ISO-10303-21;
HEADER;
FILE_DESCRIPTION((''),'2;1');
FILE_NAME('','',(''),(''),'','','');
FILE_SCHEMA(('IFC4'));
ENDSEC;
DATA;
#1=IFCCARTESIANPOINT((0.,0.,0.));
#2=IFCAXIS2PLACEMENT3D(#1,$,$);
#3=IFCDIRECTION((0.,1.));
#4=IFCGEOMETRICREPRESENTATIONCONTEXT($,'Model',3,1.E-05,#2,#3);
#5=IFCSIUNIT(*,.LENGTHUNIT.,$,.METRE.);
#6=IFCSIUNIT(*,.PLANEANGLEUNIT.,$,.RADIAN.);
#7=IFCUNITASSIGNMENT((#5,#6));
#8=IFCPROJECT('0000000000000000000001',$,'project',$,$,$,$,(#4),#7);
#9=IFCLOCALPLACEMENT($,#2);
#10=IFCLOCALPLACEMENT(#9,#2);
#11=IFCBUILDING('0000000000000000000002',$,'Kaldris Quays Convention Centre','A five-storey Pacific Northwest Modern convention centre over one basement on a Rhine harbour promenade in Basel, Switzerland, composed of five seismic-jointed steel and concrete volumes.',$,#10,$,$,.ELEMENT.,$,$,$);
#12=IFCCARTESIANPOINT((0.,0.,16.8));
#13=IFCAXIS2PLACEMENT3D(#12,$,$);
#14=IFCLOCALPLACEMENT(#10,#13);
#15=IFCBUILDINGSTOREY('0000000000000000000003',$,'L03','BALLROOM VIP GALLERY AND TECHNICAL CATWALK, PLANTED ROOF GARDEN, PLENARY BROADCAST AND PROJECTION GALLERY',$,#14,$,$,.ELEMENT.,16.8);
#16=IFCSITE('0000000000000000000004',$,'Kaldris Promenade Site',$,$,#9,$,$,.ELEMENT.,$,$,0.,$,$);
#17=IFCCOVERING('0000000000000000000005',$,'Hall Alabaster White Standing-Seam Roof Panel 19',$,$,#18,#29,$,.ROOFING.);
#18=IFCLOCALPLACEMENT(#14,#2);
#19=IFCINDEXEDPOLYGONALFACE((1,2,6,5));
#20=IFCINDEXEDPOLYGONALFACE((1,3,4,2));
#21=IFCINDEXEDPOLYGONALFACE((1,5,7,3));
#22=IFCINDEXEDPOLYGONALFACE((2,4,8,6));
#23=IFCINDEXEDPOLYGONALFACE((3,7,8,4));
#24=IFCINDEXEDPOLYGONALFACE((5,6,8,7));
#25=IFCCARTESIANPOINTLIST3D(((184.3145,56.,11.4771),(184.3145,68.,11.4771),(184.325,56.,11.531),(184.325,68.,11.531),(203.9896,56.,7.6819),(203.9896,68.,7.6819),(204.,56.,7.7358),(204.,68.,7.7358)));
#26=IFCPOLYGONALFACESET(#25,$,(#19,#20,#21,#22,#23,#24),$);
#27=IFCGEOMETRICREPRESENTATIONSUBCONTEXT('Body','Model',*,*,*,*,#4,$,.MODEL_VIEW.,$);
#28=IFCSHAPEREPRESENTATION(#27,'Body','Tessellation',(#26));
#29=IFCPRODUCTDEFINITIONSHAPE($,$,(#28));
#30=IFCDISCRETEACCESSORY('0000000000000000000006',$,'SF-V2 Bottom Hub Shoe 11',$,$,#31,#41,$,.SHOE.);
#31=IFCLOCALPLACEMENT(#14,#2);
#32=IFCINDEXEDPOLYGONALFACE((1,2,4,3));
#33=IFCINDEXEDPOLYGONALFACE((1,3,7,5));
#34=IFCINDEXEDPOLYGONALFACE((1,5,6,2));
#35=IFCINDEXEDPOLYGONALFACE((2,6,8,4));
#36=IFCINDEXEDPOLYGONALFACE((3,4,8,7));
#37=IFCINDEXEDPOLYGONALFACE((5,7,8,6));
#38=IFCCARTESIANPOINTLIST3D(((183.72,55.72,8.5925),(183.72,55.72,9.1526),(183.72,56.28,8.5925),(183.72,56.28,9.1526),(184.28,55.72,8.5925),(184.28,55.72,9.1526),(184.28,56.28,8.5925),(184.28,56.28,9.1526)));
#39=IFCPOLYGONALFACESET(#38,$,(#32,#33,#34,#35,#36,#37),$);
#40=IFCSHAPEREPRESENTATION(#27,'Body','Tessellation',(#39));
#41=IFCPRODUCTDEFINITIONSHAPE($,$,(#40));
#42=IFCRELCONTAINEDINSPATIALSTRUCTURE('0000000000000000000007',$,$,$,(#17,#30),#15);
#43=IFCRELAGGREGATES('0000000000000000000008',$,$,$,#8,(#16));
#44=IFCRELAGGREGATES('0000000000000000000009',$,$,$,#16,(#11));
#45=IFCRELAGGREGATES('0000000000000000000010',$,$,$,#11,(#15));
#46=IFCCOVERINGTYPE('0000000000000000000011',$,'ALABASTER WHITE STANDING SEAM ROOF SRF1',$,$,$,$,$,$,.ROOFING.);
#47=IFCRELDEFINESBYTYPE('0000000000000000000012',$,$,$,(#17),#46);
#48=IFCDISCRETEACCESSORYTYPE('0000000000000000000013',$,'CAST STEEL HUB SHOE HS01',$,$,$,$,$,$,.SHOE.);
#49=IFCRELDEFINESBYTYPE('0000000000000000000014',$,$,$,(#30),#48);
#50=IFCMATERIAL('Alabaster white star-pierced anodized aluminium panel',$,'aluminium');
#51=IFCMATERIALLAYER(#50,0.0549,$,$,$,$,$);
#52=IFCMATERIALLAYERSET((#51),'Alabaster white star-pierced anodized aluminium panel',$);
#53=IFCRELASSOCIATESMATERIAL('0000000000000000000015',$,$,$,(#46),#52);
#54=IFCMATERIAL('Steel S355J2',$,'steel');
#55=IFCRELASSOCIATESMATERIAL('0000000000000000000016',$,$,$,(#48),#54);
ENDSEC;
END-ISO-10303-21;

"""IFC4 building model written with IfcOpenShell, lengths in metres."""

from ifc_helpers import new_model, si_unit, direction, frame, origin, origin_2d, place, context, subcontext, project, spatial, polyline, rectangle, outline, extrude, material, layer, layer_set, type_object, element, save


model = new_model("IFC4")

# Units and contexts
model_context = context("Model", 3, precision=1e-05, world=origin(), true_north=direction((0.0, 1.0)))
body_context = subcontext(model_context, "Body", "Model", "MODEL_VIEW")
ifc_project = project(units=[si_unit("LENGTHUNIT", "METRE"), si_unit("PLANEANGLEUNIT", "RADIAN")], contexts=[model_context])

# Site, building, storey
site_placement = place(None, origin())
site = spatial("IfcSite", under=ifc_project, at=site_placement, Name="Kaldris Promenade Site", CompositionType="ELEMENT", RefElevation=0.0)
building_placement = place(site_placement, origin())
building = spatial("IfcBuilding", under=site, at=building_placement, Name="Kaldris Quays Convention Centre", Description="A five-storey Pacific Northwest Modern convention centre over one basement on a Rhine harbour promenade in Basel, Switzerland, composed of five seismic-jointed steel and concrete volumes.", CompositionType="ELEMENT")
storey_placement = place(building_placement, frame((0.0, 0.0, 16.8)))
storey = spatial("IfcBuildingStorey", under=building, at=storey_placement, Name="L03", Description="BALLROOM VIP GALLERY AND TECHNICAL CATWALK, PLANTED ROOF GARDEN, PLENARY BROADCAST AND PROJECTION GALLERY", CompositionType="ELEMENT", Elevation=16.8)

# Shared definitions
ifc_material_1 = material(Name="Steel S355J2", Category="steel")

# Covering
ifc_material_2 = material(Name="Alabaster white star-pierced anodized aluminium panel", Category="aluminium")
ifc_layer_1 = layer(ifc_material_2, 0.0549)
ifc_layer_set_1 = layer_set([ifc_layer_1], Name="Alabaster white star-pierced anodized aluminium panel")
covering_type = type_object("IfcCoveringType", Name="ALABASTER WHITE STANDING SEAM ROOF SRF1", PredefinedType="ROOFING", material=ifc_layer_set_1)
covering_placement = place(storey_placement, frame((184.325, 56.0, 11.531), z_axis=(0.189401, 0.0, 0.9819), x_axis=(0.9819, 0.0, -0.189401)))
element("IfcCovering", 1, at=covering_placement, inside=storey, type_object=covering_type, Name="Hall Alabaster White Standing-Seam Roof Panel 19", PredefinedType="ROOFING", context=body_context, shape_type="SweptSolid", body=[
    extrude(outline(polyline([(0.0, 0.0), (20.0377, 0.0), (20.0377, 12.0), (0.0, 12.0), (0.0, 0.0)])), origin(), (0.0, 0.0, -1.0), 0.0549),
])

# Discrete accessory
discrete_accessory_type = type_object("IfcDiscreteAccessoryType", Name="CAST STEEL HUB SHOE HS01", PredefinedType="SHOE", material=ifc_material_1)
discrete_accessory_placement = place(storey_placement, frame((184.0, 56.0, 8.5925), z_axis=(0.0, 0.0, 1.0), x_axis=(1.0, 0.0, 0.0)))
element("IfcDiscreteAccessory", 2, at=discrete_accessory_placement, inside=storey, type_object=discrete_accessory_type, Name="SF-V2 Bottom Hub Shoe 11", PredefinedType="SHOE", context=body_context, shape_type="SweptSolid", body=[
    extrude(rectangle(XDim=0.5601, YDim=0.5601, at=origin_2d()), origin(), (0.0, 0.0, 1.0), 0.5601),
])

save(model, "model.ifc")
